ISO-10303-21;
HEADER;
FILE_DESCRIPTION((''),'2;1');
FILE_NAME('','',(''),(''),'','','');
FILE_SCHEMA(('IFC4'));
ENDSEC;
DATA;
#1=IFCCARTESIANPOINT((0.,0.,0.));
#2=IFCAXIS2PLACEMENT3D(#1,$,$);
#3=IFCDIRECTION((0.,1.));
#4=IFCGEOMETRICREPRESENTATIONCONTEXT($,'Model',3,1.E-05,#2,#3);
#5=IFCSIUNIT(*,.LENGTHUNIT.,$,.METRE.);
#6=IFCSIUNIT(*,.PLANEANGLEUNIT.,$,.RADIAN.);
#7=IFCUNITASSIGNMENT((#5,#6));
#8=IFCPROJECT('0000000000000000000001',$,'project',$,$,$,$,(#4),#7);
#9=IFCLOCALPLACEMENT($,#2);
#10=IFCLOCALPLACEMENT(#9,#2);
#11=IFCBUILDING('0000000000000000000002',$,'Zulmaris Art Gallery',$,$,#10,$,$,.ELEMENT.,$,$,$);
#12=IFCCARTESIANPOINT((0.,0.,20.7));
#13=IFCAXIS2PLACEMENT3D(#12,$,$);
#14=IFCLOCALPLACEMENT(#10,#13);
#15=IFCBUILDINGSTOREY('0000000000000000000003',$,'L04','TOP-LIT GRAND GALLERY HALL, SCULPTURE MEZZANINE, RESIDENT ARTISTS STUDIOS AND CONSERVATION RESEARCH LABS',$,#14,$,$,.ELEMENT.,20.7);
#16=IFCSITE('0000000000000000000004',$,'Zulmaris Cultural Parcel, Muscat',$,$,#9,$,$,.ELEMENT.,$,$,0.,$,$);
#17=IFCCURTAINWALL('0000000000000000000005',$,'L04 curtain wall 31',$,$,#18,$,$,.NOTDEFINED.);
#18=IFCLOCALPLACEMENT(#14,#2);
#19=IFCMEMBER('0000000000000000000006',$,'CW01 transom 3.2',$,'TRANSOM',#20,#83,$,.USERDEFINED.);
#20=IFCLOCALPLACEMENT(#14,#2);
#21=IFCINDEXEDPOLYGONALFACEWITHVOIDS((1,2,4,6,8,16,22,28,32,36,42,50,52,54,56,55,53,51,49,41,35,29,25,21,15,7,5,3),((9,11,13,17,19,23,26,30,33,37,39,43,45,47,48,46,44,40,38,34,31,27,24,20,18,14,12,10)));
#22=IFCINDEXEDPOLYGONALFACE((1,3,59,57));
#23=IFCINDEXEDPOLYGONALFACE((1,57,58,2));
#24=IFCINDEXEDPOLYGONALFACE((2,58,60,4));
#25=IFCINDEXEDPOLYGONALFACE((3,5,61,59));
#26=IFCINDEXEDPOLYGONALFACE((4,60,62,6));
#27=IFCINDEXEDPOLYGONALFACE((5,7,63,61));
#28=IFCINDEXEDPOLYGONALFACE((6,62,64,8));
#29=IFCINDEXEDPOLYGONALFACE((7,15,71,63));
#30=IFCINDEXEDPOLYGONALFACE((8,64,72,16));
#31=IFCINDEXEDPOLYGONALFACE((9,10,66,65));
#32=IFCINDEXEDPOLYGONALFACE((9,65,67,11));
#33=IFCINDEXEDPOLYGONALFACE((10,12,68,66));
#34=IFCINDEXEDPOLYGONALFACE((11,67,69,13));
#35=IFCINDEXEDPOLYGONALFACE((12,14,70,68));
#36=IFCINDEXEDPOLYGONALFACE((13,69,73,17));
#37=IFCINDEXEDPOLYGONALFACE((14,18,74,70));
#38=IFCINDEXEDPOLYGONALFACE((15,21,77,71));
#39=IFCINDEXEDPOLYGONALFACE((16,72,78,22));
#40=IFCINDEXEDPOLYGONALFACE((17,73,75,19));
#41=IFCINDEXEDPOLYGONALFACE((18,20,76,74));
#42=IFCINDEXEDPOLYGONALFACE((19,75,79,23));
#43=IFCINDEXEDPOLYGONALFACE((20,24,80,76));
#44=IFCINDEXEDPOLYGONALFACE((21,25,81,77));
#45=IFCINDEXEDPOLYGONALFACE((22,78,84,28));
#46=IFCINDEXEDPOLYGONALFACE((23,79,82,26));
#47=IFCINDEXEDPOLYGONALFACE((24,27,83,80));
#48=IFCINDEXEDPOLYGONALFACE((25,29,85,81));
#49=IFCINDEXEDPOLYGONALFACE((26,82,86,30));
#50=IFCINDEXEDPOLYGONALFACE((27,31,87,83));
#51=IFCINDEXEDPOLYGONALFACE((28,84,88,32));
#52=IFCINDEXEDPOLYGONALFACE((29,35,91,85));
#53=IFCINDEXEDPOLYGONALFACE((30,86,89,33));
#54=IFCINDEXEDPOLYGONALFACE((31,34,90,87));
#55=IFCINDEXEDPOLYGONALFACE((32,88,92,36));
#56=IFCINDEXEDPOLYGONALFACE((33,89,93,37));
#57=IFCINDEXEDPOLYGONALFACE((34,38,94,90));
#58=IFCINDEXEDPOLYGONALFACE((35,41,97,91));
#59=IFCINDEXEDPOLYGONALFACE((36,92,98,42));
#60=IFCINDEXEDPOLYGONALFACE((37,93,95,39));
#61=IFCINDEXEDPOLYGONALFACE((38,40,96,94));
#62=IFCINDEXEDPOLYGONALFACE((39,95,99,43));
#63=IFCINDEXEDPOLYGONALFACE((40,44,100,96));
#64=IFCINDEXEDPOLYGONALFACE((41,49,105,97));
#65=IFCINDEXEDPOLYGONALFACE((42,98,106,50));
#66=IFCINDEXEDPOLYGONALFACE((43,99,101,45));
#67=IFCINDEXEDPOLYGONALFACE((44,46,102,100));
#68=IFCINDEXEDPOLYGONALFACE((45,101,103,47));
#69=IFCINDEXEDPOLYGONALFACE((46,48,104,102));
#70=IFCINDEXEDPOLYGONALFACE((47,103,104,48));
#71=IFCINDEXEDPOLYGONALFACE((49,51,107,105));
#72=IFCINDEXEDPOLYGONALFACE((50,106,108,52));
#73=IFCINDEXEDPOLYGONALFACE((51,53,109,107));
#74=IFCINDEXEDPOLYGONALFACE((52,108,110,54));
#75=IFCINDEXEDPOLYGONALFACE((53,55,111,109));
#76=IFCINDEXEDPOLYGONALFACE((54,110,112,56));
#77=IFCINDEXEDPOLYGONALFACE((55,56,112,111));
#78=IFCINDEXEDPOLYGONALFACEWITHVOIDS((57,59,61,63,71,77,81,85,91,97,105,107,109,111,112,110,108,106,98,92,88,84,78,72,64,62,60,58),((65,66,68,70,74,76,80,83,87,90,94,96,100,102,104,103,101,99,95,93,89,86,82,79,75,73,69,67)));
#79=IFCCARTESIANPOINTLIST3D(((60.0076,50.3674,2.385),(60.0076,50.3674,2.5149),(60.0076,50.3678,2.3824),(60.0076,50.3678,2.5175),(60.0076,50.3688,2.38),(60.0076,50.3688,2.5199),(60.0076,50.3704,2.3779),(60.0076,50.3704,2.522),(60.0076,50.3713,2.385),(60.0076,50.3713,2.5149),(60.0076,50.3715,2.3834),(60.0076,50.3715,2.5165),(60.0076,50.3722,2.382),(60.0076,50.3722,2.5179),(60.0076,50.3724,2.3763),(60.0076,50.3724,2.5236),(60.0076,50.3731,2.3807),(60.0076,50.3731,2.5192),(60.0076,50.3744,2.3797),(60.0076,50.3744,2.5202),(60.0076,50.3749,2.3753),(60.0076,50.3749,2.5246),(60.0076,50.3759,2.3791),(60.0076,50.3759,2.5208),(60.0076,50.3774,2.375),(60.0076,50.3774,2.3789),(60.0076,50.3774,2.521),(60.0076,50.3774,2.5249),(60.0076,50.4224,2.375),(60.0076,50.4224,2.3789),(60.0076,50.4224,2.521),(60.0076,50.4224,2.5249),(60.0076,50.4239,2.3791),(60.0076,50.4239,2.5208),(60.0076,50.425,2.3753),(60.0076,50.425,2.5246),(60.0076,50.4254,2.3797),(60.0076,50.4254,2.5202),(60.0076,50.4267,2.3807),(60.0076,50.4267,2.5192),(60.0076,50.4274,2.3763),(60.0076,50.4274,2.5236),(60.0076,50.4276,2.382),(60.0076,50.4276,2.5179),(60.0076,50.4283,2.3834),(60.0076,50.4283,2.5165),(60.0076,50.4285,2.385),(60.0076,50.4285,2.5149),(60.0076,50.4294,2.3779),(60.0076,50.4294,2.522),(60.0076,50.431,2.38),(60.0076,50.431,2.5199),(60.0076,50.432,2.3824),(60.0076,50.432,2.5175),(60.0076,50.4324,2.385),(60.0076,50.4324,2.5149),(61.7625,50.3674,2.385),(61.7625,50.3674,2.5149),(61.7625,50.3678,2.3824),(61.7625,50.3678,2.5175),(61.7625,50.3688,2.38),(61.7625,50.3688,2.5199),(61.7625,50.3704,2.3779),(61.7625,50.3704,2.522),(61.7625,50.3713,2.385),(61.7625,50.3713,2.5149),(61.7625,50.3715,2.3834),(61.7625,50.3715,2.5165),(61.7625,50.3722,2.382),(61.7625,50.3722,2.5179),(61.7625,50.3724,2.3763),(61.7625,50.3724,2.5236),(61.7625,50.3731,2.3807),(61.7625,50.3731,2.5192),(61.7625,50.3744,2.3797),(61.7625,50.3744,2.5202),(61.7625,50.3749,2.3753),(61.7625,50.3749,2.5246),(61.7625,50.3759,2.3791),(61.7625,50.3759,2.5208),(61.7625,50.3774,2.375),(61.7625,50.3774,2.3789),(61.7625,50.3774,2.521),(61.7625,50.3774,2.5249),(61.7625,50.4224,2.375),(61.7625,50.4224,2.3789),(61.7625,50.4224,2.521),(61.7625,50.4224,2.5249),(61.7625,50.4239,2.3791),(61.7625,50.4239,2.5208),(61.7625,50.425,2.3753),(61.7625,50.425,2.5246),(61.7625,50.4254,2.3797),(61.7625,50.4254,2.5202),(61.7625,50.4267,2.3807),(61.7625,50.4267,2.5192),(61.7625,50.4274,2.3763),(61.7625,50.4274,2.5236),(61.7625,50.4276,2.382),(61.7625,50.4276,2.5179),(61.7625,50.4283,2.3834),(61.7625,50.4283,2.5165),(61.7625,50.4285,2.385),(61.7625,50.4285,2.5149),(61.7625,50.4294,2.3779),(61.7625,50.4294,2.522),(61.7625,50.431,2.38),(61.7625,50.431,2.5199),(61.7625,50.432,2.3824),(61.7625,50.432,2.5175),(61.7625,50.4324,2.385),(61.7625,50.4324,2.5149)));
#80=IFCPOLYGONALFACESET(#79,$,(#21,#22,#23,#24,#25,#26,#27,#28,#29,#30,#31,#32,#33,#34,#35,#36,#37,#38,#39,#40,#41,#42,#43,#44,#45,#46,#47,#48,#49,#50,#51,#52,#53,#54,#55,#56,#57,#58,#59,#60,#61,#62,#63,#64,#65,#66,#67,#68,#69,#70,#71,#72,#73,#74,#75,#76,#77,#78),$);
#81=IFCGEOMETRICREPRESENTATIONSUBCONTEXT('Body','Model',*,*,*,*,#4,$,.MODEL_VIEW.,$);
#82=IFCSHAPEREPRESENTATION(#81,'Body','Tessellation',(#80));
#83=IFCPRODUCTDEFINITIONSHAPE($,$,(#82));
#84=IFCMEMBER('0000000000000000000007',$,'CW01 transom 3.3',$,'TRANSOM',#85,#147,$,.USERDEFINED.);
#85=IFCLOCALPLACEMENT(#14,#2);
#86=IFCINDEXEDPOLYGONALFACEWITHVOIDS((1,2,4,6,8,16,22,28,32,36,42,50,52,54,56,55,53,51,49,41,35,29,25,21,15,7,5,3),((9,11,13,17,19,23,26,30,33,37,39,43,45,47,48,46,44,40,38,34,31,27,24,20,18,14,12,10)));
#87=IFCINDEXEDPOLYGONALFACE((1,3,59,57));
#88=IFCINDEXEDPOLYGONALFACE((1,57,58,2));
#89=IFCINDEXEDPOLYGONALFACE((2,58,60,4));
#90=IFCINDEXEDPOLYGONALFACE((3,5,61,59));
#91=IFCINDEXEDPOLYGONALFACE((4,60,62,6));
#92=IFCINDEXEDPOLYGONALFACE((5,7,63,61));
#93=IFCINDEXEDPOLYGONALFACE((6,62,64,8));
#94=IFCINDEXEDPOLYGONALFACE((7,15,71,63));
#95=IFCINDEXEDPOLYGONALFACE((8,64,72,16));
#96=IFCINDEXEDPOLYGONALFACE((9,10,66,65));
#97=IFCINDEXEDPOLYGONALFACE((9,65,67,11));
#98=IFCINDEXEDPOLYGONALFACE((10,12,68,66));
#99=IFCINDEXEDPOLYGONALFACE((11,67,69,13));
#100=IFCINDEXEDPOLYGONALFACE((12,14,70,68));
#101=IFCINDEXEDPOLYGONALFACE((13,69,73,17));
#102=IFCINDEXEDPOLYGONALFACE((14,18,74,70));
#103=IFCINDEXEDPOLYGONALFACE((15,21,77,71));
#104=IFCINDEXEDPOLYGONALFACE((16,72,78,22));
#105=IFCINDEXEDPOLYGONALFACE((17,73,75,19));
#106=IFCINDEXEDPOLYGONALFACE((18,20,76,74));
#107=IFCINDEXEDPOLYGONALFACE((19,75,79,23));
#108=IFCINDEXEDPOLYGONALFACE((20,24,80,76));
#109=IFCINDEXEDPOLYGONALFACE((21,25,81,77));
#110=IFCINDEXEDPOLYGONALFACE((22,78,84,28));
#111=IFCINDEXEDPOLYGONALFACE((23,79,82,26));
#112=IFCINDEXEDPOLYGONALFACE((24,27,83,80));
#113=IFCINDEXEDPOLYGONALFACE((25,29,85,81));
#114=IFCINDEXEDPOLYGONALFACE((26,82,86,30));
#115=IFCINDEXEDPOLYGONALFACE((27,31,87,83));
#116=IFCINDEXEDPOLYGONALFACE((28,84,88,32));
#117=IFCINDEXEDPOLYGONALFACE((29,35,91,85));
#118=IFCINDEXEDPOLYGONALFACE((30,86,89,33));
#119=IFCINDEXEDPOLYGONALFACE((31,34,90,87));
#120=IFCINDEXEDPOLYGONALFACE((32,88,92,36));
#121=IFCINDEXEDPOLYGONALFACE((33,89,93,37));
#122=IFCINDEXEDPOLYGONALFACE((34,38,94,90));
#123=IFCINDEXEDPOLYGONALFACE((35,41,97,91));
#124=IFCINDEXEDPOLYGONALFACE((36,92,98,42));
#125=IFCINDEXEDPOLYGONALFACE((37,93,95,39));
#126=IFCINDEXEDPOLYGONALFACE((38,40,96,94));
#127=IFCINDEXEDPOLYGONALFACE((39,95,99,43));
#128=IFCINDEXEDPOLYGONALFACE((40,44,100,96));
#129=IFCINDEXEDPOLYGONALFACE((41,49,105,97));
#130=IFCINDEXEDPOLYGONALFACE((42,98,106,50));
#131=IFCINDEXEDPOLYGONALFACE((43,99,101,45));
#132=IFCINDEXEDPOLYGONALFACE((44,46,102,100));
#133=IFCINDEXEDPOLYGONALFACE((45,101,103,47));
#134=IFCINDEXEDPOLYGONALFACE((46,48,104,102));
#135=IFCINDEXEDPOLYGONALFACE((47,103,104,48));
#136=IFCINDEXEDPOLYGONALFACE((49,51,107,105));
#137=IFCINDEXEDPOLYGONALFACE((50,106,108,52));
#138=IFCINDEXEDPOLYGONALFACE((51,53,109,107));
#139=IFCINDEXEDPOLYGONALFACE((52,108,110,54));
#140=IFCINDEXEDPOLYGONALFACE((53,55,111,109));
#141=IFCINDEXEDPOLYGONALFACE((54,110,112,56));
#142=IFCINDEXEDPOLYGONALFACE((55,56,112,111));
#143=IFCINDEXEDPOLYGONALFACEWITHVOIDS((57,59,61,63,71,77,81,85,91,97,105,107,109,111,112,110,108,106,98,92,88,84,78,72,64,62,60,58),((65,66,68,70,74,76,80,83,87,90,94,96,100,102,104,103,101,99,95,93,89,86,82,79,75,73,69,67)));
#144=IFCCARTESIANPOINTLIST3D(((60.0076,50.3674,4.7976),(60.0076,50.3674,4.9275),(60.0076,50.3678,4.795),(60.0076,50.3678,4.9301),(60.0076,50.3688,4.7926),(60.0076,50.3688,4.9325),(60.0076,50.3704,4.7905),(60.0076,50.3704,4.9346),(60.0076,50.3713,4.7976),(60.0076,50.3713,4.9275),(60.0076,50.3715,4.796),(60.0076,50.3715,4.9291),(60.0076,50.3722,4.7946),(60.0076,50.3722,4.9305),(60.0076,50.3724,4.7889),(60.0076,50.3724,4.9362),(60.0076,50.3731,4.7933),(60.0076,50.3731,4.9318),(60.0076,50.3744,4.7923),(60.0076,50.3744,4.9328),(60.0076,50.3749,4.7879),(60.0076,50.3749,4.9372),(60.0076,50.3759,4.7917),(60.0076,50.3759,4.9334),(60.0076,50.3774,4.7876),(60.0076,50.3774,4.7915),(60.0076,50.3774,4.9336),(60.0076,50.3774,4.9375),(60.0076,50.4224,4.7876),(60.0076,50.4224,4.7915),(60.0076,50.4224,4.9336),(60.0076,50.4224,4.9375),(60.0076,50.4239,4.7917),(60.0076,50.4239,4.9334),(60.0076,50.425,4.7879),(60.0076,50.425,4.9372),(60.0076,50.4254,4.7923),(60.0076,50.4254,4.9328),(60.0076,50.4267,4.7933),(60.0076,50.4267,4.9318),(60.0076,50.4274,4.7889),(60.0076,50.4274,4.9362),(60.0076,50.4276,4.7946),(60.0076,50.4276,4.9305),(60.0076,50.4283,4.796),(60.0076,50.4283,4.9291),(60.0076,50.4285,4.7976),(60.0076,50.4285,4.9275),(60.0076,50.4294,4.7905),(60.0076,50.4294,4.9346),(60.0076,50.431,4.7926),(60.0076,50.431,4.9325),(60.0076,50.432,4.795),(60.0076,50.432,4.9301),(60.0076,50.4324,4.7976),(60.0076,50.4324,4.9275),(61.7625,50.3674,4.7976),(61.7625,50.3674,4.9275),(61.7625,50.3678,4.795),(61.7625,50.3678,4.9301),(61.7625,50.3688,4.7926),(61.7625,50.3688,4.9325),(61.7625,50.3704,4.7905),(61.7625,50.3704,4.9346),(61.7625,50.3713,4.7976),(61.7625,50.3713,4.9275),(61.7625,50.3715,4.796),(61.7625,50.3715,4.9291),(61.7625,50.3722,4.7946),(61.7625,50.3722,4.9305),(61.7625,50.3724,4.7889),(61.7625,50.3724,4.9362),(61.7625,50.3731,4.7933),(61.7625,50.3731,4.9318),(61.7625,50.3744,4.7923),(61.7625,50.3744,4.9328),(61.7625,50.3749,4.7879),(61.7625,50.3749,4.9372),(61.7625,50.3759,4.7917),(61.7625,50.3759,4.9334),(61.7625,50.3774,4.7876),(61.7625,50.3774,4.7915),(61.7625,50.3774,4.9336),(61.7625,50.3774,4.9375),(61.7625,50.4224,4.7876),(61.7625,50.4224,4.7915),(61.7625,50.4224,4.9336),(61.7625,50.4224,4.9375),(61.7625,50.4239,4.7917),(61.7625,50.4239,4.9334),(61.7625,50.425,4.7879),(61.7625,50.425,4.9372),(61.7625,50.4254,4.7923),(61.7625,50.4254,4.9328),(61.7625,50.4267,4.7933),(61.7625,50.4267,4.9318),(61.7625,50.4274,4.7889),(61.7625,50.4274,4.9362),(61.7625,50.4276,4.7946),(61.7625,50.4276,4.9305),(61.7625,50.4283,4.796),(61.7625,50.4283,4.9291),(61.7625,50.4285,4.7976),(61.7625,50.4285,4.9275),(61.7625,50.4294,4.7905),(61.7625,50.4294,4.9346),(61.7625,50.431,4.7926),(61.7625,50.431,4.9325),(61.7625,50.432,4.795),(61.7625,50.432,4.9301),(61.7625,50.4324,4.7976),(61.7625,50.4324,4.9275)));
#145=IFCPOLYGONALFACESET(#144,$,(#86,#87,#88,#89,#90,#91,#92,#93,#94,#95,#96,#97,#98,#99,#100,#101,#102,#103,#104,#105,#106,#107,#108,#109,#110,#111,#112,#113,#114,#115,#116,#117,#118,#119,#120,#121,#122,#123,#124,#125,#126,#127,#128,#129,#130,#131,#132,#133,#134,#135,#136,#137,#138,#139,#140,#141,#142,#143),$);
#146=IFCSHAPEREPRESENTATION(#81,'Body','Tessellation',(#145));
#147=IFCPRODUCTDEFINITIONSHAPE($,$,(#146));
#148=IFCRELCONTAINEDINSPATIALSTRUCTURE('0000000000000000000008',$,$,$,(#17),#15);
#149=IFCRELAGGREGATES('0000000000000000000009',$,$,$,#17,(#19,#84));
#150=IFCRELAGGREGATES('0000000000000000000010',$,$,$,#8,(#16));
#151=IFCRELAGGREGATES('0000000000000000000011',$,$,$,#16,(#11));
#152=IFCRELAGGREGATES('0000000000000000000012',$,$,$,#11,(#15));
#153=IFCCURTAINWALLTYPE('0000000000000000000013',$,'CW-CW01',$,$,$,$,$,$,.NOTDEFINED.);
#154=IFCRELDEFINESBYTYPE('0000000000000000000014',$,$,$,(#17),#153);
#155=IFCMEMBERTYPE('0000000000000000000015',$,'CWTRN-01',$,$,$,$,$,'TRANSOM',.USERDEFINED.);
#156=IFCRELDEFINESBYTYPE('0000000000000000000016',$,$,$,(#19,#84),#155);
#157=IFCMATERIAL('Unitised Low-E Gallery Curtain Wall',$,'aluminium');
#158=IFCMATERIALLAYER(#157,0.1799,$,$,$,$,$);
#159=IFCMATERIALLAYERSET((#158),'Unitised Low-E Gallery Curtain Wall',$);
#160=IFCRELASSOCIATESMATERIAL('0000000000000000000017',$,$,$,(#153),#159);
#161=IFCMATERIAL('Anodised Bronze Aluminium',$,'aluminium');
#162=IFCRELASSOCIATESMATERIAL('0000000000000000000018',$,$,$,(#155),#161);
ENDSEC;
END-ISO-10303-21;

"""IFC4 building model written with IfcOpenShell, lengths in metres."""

from ifc_helpers import new_model, si_unit, direction, frame, origin, origin_2d, place, context, subcontext, project, spatial, hollow_rectangle, extrude, material, layer, layer_set, material_profile, profile_set, type_object, element, aggregate, save


model = new_model("IFC4")

# Units and contexts
model_context = context("Model", 3, precision=1e-05, world=origin(), true_north=direction((0.0, 1.0)))
body_context = subcontext(model_context, "Body", "Model", "MODEL_VIEW")
ifc_project = project(units=[si_unit("LENGTHUNIT", "METRE"), si_unit("PLANEANGLEUNIT", "RADIAN")], contexts=[model_context])

# Site, building, storey
site_placement = place(None, origin())
site = spatial("IfcSite", under=ifc_project, at=site_placement, Name="Zulmaris Cultural Parcel, Muscat", CompositionType="ELEMENT", RefElevation=0.0)
building_placement = place(site_placement, origin())
building = spatial("IfcBuilding", under=site, at=building_placement, Name="Zulmaris Art Gallery", CompositionType="ELEMENT")
storey_placement = place(building_placement, frame((0.0, 0.0, 20.7)))
storey = spatial("IfcBuildingStorey", under=building, at=storey_placement, Name="L04", Description="TOP-LIT GRAND GALLERY HALL, SCULPTURE MEZZANINE, RESIDENT ARTISTS STUDIOS AND CONSERVATION RESEARCH LABS", CompositionType="ELEMENT", Elevation=20.7)

# Curtain wall
ifc_material_1 = material(Name="Unitised Low-E Gallery Curtain Wall", Category="aluminium")
ifc_layer_1 = layer(ifc_material_1, 0.1799)
ifc_layer_set_1 = layer_set([ifc_layer_1], Name="Unitised Low-E Gallery Curtain Wall")
curtain_wall_type = type_object("IfcCurtainWallType", Name="CW-CW01", PredefinedType="NOTDEFINED", material=ifc_layer_set_1)
ifc_material_2 = material(Name="Anodised Bronze Aluminium", Category="aluminium")
curtain_wall_1_placement = place(storey_placement, origin())
curtain_wall_1 = element("IfcCurtainWall", 1, at=curtain_wall_1_placement, inside=storey, type_object=curtain_wall_type, Name="L04 curtain wall 31", PredefinedType="NOTDEFINED")

# Members
ifc_material_profile_1 = material_profile(ifc_material_2, hollow_rectangle(XDim=0.0649, YDim=0.1499, WallThickness=0.0039, InnerFilletRadius=0.0061, OuterFilletRadius=0.01, at=origin_2d()), Name="ALU 65x150x4")
ifc_profile_set_1 = profile_set([ifc_material_profile_1], Name="Anodised Bronze Aluminium")
member_type_1 = type_object("IfcMemberType", Name="CWTRN-01", ElementType="TRANSOM", PredefinedType="USERDEFINED", material=ifc_profile_set_1)
member_1_placement = place(storey_placement, frame((61.7625, 50.3999, 2.45), z_axis=(-1.0, 0.0, 0.0), x_axis=(0.0, -1.0, 0.0)))
member_1 = element("IfcMember", 2, at=member_1_placement, type_object=member_type_1, Name="CW01 transom 3.2", ObjectType="TRANSOM", PredefinedType="USERDEFINED", context=body_context, shape_type="SweptSolid", body=[
    extrude(hollow_rectangle(XDim=0.0649, YDim=0.1499, WallThickness=0.0039, InnerFilletRadius=0.0061, OuterFilletRadius=0.01, at=origin_2d()), origin(), (0.0, 0.0, 1.0), 1.7549),
])
member_2_placement = place(storey_placement, frame((61.7625, 50.3999, 4.8625), z_axis=(-1.0, 0.0, 0.0), x_axis=(0.0, -1.0, 0.0)))
member_2 = element("IfcMember", 3, at=member_2_placement, type_object=member_type_1, Name="CW01 transom 3.3", ObjectType="TRANSOM", PredefinedType="USERDEFINED", context=body_context, shape_type="SweptSolid", body=[
    extrude(hollow_rectangle(XDim=0.0649, YDim=0.1499, WallThickness=0.0039, InnerFilletRadius=0.0061, OuterFilletRadius=0.01, at=origin_2d()), origin(), (0.0, 0.0, 1.0), 1.7549),
])

aggregate(curtain_wall_1, [member_1, member_2])

save(model, "model.ifc")
